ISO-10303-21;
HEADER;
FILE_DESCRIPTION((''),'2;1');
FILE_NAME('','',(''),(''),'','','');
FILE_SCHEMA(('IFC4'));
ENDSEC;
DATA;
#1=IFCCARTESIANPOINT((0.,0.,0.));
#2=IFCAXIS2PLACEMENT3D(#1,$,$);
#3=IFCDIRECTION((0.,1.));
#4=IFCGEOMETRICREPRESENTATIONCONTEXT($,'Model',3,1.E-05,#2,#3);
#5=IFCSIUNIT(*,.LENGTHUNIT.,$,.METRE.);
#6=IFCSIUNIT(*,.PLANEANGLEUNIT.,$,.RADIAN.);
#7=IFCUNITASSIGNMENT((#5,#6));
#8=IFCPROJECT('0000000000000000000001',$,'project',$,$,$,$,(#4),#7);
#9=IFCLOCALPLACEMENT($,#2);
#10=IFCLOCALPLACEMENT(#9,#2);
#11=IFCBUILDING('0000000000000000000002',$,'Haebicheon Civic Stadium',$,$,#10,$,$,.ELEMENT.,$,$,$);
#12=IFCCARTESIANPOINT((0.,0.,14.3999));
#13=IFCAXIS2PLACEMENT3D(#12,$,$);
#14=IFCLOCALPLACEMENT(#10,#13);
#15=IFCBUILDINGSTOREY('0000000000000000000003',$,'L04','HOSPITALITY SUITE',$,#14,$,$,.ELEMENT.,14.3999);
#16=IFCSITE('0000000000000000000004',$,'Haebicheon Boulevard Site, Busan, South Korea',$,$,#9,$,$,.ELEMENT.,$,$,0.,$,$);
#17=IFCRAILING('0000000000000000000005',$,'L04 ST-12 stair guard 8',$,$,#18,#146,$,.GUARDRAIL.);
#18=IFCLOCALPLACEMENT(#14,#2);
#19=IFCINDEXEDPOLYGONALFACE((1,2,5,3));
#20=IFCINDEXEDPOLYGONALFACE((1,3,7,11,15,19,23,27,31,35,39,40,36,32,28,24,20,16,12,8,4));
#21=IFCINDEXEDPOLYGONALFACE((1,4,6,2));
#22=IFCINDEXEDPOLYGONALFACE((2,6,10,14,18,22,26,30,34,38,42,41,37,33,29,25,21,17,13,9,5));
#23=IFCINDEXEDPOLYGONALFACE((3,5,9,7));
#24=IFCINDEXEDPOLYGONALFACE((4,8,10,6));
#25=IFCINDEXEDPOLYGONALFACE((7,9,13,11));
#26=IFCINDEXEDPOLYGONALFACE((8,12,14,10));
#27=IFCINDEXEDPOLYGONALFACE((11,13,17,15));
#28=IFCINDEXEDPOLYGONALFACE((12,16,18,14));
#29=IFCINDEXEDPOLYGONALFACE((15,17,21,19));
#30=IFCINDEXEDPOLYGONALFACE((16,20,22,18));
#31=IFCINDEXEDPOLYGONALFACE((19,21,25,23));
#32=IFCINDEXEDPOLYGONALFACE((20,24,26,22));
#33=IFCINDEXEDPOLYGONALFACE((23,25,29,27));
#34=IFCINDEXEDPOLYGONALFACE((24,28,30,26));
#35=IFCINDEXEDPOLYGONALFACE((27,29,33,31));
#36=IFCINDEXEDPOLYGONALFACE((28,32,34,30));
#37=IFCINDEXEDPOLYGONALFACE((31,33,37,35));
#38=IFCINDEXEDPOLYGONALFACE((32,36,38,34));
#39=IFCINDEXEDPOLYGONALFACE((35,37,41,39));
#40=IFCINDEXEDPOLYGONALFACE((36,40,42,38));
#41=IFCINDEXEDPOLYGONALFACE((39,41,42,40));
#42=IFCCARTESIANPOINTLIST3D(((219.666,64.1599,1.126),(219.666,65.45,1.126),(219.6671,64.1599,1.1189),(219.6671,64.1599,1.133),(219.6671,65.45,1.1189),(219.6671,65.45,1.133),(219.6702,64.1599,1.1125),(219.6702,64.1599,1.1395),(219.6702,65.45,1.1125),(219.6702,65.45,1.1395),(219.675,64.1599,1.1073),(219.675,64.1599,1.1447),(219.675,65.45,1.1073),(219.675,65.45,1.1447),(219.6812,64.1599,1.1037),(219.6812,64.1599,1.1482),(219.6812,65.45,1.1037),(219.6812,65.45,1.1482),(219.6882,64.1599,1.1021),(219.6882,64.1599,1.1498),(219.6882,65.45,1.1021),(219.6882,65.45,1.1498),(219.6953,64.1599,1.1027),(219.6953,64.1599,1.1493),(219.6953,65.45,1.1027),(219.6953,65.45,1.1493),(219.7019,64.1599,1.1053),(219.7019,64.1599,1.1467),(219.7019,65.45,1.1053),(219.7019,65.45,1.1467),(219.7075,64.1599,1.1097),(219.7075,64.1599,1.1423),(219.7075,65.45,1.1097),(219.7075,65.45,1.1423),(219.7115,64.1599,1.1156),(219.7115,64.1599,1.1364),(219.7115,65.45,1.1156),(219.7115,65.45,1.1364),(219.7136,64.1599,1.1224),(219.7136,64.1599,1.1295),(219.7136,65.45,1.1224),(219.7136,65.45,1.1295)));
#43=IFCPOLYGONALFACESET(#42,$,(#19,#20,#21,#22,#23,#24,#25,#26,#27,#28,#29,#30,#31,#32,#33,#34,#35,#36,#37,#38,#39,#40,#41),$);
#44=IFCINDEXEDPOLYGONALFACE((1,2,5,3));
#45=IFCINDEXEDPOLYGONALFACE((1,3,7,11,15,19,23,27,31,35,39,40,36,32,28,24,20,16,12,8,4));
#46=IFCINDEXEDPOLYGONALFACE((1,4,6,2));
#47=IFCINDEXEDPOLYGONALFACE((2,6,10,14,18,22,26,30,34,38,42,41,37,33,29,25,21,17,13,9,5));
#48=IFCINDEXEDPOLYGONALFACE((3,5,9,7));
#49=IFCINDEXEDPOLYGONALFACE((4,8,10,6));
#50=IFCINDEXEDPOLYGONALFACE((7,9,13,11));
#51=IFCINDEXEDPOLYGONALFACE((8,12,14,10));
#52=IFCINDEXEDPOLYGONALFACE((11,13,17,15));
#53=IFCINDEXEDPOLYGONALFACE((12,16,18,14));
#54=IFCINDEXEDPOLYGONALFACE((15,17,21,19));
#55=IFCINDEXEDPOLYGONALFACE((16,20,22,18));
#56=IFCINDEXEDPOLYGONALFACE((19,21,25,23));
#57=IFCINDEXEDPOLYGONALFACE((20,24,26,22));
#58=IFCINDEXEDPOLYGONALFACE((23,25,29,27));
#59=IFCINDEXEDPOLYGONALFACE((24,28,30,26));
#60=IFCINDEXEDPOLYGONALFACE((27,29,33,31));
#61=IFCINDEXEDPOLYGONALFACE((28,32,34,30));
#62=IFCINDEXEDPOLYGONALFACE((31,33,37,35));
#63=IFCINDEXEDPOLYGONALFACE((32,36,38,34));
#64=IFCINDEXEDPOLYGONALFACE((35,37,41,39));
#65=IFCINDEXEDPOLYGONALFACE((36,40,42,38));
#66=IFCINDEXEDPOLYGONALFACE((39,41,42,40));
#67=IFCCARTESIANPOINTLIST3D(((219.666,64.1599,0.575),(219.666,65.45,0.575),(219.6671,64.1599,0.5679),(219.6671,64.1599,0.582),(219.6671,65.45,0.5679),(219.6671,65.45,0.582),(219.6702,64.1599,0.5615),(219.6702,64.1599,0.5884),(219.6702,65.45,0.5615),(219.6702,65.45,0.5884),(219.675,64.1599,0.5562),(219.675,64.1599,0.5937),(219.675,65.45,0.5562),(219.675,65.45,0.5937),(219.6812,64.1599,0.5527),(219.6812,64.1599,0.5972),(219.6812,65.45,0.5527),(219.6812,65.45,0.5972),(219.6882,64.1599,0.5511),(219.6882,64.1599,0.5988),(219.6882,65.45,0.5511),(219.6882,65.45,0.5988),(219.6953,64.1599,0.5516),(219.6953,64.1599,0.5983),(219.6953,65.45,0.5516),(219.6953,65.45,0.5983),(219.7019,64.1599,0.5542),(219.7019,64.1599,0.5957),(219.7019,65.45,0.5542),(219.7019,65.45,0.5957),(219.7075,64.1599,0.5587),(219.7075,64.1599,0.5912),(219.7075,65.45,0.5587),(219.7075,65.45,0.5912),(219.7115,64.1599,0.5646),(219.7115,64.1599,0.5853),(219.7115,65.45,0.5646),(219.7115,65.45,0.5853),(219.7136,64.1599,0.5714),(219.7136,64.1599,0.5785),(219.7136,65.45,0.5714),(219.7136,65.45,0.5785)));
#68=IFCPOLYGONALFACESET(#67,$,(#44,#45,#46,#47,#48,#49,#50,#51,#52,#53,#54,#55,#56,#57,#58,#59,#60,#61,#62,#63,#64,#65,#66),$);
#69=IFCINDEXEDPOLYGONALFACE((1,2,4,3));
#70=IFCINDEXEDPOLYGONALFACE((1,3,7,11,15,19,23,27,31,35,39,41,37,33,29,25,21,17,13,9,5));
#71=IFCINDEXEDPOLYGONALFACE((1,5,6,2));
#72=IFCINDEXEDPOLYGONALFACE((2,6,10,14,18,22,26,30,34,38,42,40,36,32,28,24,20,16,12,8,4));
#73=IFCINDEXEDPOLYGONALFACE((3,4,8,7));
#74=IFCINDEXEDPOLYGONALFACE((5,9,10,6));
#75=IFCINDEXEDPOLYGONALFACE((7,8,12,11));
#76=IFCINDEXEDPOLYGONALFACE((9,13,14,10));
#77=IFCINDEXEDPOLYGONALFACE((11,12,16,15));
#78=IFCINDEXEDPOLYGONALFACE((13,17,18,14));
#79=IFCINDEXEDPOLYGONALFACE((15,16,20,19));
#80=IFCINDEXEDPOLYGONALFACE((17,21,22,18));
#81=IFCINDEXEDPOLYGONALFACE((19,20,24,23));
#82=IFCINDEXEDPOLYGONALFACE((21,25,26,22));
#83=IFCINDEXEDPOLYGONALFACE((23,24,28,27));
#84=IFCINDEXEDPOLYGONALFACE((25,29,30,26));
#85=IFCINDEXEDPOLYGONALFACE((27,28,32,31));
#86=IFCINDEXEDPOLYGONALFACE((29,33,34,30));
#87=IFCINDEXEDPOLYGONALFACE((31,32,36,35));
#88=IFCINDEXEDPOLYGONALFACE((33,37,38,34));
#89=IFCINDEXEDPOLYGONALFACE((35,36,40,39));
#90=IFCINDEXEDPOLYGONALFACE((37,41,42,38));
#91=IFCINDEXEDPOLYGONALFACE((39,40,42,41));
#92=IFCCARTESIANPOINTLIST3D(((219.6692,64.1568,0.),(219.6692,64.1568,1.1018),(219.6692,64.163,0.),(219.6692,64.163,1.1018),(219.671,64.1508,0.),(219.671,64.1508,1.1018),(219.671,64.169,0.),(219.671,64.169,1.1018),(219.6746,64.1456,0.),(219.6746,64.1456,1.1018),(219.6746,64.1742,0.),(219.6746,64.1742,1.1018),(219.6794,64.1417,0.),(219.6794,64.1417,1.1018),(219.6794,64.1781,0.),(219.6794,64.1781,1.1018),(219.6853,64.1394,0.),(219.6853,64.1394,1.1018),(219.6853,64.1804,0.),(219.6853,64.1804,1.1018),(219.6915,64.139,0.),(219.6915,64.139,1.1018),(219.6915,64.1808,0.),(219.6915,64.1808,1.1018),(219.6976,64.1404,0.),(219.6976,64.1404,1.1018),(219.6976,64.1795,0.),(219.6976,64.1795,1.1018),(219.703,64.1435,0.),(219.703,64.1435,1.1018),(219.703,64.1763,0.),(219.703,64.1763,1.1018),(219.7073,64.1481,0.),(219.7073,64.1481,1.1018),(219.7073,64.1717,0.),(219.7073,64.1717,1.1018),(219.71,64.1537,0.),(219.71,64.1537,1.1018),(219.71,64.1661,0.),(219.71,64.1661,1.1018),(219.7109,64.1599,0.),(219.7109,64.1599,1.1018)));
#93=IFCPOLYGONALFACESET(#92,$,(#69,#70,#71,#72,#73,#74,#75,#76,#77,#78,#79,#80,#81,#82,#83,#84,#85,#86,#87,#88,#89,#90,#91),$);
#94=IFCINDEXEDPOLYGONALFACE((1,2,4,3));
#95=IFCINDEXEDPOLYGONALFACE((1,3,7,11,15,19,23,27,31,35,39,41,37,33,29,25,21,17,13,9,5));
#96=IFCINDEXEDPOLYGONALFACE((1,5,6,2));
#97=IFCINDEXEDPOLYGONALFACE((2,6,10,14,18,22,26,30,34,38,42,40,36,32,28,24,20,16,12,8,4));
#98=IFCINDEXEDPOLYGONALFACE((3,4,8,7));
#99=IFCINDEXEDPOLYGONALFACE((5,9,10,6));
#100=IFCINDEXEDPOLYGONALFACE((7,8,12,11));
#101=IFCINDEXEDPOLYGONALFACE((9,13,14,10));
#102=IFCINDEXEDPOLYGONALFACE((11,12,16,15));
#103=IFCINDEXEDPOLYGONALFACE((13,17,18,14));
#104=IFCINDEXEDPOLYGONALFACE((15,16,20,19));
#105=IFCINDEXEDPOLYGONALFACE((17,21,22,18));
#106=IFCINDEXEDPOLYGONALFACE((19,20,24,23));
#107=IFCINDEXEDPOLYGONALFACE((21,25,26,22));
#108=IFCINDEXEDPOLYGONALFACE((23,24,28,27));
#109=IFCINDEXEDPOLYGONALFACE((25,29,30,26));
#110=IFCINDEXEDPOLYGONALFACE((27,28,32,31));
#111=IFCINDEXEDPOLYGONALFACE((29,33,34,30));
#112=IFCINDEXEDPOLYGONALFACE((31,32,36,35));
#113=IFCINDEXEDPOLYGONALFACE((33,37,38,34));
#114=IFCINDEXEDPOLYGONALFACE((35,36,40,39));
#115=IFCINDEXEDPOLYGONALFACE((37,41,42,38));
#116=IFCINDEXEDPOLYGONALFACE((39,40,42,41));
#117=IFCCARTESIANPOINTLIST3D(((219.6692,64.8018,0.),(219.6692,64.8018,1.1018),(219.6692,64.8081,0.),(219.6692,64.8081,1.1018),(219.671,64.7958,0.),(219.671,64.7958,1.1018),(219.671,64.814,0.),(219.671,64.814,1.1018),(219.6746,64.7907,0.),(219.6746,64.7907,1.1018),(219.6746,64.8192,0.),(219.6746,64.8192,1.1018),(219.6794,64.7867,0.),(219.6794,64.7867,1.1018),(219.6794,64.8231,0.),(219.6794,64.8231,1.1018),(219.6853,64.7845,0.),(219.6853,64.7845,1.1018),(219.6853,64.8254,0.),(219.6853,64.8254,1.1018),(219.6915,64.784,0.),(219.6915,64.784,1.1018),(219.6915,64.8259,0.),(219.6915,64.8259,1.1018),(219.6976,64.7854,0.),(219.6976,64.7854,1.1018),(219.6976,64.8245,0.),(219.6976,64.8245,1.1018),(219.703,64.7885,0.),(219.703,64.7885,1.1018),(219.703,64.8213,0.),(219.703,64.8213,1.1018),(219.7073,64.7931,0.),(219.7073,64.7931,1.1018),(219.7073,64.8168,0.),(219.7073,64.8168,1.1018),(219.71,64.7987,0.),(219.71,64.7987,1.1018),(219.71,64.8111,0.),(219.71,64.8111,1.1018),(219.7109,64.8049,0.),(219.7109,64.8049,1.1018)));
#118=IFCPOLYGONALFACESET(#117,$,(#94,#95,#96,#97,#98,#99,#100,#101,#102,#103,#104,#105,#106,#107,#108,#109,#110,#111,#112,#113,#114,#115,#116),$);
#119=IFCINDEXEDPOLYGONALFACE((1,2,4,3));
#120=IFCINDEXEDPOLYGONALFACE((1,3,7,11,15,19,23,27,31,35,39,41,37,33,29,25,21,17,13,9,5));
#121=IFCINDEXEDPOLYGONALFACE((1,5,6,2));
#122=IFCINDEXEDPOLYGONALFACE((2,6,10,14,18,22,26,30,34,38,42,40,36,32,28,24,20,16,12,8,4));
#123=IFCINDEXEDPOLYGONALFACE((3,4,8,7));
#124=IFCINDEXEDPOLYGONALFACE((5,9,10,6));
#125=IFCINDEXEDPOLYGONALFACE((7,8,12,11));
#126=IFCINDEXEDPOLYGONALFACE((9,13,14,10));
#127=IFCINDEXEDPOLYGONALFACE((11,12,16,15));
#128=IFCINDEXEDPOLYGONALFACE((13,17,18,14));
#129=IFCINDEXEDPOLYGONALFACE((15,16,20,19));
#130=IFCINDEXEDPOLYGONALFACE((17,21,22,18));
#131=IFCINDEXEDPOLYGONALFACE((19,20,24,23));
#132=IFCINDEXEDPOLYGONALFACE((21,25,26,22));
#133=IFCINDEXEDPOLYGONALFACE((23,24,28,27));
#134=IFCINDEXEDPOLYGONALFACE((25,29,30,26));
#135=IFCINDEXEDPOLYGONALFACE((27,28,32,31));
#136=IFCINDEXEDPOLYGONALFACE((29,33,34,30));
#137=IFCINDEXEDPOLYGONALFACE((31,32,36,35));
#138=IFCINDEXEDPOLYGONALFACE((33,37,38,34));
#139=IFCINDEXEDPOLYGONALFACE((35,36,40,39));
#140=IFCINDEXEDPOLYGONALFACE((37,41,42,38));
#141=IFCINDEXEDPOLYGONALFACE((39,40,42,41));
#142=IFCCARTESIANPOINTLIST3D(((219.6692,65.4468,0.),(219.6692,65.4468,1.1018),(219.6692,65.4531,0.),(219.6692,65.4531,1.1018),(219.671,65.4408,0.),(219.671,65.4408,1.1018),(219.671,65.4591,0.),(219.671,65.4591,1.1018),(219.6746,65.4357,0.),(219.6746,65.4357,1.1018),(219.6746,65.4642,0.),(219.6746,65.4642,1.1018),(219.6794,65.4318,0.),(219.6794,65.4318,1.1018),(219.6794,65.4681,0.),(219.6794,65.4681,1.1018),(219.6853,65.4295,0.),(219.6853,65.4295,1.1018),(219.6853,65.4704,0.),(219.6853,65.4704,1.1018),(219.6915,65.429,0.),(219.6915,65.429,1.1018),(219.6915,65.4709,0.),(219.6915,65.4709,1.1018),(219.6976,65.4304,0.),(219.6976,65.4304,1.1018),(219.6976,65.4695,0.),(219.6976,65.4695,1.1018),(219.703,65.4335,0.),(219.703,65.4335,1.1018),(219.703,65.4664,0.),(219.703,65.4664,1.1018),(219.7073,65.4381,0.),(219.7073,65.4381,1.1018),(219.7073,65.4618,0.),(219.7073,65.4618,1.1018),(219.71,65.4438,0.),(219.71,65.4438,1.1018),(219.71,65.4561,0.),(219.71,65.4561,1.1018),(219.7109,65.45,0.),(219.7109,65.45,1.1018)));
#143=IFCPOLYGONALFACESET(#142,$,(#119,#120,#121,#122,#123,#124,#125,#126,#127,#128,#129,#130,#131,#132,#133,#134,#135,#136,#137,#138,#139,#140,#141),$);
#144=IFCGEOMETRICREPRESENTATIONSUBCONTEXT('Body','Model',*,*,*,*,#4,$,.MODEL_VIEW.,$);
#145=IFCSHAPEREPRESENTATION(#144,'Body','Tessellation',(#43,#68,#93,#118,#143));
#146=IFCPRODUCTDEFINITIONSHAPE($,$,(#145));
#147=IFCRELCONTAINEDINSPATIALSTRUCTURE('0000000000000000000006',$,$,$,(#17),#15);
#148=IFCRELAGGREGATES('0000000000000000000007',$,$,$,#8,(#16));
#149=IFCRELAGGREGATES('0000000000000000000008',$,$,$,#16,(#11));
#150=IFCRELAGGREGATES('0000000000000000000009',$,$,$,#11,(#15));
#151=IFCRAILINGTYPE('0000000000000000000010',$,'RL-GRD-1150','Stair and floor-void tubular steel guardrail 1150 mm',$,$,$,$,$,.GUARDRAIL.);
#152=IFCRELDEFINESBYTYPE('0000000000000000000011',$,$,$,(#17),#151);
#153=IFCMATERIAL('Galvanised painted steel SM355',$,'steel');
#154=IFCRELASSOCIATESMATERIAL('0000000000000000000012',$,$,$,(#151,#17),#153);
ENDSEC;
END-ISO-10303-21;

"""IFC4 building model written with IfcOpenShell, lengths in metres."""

from ifc_helpers import new_model, si_unit, direction, frame, origin, origin_2d, place, context, subcontext, project, spatial, circle, extrude, material, type_object, element, save


model = new_model("IFC4")

# Units and contexts
model_context = context("Model", 3, precision=1e-05, world=origin(), true_north=direction((0.0, 1.0)))
body_context = subcontext(model_context, "Body", "Model", "MODEL_VIEW")
ifc_project = project(units=[si_unit("LENGTHUNIT", "METRE"), si_unit("PLANEANGLEUNIT", "RADIAN")], contexts=[model_context])

# Site, building, storey
site_placement = place(None, origin())
site = spatial("IfcSite", under=ifc_project, at=site_placement, Name="Haebicheon Boulevard Site, Busan, South Korea", CompositionType="ELEMENT", RefElevation=0.0)
building_placement = place(site_placement, origin())
building = spatial("IfcBuilding", under=site, at=building_placement, Name="Haebicheon Civic Stadium", CompositionType="ELEMENT")
storey_placement = place(building_placement, frame((0.0, 0.0, 14.3999)))
storey = spatial("IfcBuildingStorey", under=building, at=storey_placement, Name="L04", Description="HOSPITALITY SUITE", CompositionType="ELEMENT", Elevation=14.3999)

# Railing
ifc_material_1 = material(Name="Galvanised painted steel SM355", Category="steel")
railing_type_1 = type_object("IfcRailingType", Name="RL-GRD-1150", Description="Stair and floor-void tubular steel guardrail 1150 mm", PredefinedType="GUARDRAIL", material=ifc_material_1)
for number, where, name in (
    (1, (219.6899, 64.1599, 0.0), "L04 ST-12 stair guard 8"),
):
    element("IfcRailing", number, at=place(storey_placement, frame(where)), inside=storey, type_object=railing_type_1, material=ifc_material_1, Name=name, PredefinedType="GUARDRAIL", context=body_context, shape_type="SweptSolid", body=[
        extrude(circle(Radius=0.0239, at=origin_2d()), frame((0.0, 0.0, 1.126), z_axis=(0.0, 1.0, 0.0), x_axis=(-1.0, 0.0, 0.0)), (0.0, 0.0, 1.0), 1.29),
        extrude(circle(Radius=0.0239, at=origin_2d()), frame((0.0, 0.0, 0.575), z_axis=(0.0, 1.0, 0.0), x_axis=(-1.0, 0.0, 0.0)), (0.0, 0.0, 1.0), 1.29),
        extrude(circle(Radius=0.021, at=origin_2d()), origin(), (0.0, 0.0, 1.0), 1.1018),
        extrude(circle(Radius=0.021, at=origin_2d()), frame((0.0, 0.645, 0.0)), (0.0, 0.0, 1.0), 1.1018),
        extrude(circle(Radius=0.021, at=origin_2d()), frame((0.0, 1.29, 0.0)), (0.0, 0.0, 1.0), 1.1018),
    ])

save(model, "model.ifc")
